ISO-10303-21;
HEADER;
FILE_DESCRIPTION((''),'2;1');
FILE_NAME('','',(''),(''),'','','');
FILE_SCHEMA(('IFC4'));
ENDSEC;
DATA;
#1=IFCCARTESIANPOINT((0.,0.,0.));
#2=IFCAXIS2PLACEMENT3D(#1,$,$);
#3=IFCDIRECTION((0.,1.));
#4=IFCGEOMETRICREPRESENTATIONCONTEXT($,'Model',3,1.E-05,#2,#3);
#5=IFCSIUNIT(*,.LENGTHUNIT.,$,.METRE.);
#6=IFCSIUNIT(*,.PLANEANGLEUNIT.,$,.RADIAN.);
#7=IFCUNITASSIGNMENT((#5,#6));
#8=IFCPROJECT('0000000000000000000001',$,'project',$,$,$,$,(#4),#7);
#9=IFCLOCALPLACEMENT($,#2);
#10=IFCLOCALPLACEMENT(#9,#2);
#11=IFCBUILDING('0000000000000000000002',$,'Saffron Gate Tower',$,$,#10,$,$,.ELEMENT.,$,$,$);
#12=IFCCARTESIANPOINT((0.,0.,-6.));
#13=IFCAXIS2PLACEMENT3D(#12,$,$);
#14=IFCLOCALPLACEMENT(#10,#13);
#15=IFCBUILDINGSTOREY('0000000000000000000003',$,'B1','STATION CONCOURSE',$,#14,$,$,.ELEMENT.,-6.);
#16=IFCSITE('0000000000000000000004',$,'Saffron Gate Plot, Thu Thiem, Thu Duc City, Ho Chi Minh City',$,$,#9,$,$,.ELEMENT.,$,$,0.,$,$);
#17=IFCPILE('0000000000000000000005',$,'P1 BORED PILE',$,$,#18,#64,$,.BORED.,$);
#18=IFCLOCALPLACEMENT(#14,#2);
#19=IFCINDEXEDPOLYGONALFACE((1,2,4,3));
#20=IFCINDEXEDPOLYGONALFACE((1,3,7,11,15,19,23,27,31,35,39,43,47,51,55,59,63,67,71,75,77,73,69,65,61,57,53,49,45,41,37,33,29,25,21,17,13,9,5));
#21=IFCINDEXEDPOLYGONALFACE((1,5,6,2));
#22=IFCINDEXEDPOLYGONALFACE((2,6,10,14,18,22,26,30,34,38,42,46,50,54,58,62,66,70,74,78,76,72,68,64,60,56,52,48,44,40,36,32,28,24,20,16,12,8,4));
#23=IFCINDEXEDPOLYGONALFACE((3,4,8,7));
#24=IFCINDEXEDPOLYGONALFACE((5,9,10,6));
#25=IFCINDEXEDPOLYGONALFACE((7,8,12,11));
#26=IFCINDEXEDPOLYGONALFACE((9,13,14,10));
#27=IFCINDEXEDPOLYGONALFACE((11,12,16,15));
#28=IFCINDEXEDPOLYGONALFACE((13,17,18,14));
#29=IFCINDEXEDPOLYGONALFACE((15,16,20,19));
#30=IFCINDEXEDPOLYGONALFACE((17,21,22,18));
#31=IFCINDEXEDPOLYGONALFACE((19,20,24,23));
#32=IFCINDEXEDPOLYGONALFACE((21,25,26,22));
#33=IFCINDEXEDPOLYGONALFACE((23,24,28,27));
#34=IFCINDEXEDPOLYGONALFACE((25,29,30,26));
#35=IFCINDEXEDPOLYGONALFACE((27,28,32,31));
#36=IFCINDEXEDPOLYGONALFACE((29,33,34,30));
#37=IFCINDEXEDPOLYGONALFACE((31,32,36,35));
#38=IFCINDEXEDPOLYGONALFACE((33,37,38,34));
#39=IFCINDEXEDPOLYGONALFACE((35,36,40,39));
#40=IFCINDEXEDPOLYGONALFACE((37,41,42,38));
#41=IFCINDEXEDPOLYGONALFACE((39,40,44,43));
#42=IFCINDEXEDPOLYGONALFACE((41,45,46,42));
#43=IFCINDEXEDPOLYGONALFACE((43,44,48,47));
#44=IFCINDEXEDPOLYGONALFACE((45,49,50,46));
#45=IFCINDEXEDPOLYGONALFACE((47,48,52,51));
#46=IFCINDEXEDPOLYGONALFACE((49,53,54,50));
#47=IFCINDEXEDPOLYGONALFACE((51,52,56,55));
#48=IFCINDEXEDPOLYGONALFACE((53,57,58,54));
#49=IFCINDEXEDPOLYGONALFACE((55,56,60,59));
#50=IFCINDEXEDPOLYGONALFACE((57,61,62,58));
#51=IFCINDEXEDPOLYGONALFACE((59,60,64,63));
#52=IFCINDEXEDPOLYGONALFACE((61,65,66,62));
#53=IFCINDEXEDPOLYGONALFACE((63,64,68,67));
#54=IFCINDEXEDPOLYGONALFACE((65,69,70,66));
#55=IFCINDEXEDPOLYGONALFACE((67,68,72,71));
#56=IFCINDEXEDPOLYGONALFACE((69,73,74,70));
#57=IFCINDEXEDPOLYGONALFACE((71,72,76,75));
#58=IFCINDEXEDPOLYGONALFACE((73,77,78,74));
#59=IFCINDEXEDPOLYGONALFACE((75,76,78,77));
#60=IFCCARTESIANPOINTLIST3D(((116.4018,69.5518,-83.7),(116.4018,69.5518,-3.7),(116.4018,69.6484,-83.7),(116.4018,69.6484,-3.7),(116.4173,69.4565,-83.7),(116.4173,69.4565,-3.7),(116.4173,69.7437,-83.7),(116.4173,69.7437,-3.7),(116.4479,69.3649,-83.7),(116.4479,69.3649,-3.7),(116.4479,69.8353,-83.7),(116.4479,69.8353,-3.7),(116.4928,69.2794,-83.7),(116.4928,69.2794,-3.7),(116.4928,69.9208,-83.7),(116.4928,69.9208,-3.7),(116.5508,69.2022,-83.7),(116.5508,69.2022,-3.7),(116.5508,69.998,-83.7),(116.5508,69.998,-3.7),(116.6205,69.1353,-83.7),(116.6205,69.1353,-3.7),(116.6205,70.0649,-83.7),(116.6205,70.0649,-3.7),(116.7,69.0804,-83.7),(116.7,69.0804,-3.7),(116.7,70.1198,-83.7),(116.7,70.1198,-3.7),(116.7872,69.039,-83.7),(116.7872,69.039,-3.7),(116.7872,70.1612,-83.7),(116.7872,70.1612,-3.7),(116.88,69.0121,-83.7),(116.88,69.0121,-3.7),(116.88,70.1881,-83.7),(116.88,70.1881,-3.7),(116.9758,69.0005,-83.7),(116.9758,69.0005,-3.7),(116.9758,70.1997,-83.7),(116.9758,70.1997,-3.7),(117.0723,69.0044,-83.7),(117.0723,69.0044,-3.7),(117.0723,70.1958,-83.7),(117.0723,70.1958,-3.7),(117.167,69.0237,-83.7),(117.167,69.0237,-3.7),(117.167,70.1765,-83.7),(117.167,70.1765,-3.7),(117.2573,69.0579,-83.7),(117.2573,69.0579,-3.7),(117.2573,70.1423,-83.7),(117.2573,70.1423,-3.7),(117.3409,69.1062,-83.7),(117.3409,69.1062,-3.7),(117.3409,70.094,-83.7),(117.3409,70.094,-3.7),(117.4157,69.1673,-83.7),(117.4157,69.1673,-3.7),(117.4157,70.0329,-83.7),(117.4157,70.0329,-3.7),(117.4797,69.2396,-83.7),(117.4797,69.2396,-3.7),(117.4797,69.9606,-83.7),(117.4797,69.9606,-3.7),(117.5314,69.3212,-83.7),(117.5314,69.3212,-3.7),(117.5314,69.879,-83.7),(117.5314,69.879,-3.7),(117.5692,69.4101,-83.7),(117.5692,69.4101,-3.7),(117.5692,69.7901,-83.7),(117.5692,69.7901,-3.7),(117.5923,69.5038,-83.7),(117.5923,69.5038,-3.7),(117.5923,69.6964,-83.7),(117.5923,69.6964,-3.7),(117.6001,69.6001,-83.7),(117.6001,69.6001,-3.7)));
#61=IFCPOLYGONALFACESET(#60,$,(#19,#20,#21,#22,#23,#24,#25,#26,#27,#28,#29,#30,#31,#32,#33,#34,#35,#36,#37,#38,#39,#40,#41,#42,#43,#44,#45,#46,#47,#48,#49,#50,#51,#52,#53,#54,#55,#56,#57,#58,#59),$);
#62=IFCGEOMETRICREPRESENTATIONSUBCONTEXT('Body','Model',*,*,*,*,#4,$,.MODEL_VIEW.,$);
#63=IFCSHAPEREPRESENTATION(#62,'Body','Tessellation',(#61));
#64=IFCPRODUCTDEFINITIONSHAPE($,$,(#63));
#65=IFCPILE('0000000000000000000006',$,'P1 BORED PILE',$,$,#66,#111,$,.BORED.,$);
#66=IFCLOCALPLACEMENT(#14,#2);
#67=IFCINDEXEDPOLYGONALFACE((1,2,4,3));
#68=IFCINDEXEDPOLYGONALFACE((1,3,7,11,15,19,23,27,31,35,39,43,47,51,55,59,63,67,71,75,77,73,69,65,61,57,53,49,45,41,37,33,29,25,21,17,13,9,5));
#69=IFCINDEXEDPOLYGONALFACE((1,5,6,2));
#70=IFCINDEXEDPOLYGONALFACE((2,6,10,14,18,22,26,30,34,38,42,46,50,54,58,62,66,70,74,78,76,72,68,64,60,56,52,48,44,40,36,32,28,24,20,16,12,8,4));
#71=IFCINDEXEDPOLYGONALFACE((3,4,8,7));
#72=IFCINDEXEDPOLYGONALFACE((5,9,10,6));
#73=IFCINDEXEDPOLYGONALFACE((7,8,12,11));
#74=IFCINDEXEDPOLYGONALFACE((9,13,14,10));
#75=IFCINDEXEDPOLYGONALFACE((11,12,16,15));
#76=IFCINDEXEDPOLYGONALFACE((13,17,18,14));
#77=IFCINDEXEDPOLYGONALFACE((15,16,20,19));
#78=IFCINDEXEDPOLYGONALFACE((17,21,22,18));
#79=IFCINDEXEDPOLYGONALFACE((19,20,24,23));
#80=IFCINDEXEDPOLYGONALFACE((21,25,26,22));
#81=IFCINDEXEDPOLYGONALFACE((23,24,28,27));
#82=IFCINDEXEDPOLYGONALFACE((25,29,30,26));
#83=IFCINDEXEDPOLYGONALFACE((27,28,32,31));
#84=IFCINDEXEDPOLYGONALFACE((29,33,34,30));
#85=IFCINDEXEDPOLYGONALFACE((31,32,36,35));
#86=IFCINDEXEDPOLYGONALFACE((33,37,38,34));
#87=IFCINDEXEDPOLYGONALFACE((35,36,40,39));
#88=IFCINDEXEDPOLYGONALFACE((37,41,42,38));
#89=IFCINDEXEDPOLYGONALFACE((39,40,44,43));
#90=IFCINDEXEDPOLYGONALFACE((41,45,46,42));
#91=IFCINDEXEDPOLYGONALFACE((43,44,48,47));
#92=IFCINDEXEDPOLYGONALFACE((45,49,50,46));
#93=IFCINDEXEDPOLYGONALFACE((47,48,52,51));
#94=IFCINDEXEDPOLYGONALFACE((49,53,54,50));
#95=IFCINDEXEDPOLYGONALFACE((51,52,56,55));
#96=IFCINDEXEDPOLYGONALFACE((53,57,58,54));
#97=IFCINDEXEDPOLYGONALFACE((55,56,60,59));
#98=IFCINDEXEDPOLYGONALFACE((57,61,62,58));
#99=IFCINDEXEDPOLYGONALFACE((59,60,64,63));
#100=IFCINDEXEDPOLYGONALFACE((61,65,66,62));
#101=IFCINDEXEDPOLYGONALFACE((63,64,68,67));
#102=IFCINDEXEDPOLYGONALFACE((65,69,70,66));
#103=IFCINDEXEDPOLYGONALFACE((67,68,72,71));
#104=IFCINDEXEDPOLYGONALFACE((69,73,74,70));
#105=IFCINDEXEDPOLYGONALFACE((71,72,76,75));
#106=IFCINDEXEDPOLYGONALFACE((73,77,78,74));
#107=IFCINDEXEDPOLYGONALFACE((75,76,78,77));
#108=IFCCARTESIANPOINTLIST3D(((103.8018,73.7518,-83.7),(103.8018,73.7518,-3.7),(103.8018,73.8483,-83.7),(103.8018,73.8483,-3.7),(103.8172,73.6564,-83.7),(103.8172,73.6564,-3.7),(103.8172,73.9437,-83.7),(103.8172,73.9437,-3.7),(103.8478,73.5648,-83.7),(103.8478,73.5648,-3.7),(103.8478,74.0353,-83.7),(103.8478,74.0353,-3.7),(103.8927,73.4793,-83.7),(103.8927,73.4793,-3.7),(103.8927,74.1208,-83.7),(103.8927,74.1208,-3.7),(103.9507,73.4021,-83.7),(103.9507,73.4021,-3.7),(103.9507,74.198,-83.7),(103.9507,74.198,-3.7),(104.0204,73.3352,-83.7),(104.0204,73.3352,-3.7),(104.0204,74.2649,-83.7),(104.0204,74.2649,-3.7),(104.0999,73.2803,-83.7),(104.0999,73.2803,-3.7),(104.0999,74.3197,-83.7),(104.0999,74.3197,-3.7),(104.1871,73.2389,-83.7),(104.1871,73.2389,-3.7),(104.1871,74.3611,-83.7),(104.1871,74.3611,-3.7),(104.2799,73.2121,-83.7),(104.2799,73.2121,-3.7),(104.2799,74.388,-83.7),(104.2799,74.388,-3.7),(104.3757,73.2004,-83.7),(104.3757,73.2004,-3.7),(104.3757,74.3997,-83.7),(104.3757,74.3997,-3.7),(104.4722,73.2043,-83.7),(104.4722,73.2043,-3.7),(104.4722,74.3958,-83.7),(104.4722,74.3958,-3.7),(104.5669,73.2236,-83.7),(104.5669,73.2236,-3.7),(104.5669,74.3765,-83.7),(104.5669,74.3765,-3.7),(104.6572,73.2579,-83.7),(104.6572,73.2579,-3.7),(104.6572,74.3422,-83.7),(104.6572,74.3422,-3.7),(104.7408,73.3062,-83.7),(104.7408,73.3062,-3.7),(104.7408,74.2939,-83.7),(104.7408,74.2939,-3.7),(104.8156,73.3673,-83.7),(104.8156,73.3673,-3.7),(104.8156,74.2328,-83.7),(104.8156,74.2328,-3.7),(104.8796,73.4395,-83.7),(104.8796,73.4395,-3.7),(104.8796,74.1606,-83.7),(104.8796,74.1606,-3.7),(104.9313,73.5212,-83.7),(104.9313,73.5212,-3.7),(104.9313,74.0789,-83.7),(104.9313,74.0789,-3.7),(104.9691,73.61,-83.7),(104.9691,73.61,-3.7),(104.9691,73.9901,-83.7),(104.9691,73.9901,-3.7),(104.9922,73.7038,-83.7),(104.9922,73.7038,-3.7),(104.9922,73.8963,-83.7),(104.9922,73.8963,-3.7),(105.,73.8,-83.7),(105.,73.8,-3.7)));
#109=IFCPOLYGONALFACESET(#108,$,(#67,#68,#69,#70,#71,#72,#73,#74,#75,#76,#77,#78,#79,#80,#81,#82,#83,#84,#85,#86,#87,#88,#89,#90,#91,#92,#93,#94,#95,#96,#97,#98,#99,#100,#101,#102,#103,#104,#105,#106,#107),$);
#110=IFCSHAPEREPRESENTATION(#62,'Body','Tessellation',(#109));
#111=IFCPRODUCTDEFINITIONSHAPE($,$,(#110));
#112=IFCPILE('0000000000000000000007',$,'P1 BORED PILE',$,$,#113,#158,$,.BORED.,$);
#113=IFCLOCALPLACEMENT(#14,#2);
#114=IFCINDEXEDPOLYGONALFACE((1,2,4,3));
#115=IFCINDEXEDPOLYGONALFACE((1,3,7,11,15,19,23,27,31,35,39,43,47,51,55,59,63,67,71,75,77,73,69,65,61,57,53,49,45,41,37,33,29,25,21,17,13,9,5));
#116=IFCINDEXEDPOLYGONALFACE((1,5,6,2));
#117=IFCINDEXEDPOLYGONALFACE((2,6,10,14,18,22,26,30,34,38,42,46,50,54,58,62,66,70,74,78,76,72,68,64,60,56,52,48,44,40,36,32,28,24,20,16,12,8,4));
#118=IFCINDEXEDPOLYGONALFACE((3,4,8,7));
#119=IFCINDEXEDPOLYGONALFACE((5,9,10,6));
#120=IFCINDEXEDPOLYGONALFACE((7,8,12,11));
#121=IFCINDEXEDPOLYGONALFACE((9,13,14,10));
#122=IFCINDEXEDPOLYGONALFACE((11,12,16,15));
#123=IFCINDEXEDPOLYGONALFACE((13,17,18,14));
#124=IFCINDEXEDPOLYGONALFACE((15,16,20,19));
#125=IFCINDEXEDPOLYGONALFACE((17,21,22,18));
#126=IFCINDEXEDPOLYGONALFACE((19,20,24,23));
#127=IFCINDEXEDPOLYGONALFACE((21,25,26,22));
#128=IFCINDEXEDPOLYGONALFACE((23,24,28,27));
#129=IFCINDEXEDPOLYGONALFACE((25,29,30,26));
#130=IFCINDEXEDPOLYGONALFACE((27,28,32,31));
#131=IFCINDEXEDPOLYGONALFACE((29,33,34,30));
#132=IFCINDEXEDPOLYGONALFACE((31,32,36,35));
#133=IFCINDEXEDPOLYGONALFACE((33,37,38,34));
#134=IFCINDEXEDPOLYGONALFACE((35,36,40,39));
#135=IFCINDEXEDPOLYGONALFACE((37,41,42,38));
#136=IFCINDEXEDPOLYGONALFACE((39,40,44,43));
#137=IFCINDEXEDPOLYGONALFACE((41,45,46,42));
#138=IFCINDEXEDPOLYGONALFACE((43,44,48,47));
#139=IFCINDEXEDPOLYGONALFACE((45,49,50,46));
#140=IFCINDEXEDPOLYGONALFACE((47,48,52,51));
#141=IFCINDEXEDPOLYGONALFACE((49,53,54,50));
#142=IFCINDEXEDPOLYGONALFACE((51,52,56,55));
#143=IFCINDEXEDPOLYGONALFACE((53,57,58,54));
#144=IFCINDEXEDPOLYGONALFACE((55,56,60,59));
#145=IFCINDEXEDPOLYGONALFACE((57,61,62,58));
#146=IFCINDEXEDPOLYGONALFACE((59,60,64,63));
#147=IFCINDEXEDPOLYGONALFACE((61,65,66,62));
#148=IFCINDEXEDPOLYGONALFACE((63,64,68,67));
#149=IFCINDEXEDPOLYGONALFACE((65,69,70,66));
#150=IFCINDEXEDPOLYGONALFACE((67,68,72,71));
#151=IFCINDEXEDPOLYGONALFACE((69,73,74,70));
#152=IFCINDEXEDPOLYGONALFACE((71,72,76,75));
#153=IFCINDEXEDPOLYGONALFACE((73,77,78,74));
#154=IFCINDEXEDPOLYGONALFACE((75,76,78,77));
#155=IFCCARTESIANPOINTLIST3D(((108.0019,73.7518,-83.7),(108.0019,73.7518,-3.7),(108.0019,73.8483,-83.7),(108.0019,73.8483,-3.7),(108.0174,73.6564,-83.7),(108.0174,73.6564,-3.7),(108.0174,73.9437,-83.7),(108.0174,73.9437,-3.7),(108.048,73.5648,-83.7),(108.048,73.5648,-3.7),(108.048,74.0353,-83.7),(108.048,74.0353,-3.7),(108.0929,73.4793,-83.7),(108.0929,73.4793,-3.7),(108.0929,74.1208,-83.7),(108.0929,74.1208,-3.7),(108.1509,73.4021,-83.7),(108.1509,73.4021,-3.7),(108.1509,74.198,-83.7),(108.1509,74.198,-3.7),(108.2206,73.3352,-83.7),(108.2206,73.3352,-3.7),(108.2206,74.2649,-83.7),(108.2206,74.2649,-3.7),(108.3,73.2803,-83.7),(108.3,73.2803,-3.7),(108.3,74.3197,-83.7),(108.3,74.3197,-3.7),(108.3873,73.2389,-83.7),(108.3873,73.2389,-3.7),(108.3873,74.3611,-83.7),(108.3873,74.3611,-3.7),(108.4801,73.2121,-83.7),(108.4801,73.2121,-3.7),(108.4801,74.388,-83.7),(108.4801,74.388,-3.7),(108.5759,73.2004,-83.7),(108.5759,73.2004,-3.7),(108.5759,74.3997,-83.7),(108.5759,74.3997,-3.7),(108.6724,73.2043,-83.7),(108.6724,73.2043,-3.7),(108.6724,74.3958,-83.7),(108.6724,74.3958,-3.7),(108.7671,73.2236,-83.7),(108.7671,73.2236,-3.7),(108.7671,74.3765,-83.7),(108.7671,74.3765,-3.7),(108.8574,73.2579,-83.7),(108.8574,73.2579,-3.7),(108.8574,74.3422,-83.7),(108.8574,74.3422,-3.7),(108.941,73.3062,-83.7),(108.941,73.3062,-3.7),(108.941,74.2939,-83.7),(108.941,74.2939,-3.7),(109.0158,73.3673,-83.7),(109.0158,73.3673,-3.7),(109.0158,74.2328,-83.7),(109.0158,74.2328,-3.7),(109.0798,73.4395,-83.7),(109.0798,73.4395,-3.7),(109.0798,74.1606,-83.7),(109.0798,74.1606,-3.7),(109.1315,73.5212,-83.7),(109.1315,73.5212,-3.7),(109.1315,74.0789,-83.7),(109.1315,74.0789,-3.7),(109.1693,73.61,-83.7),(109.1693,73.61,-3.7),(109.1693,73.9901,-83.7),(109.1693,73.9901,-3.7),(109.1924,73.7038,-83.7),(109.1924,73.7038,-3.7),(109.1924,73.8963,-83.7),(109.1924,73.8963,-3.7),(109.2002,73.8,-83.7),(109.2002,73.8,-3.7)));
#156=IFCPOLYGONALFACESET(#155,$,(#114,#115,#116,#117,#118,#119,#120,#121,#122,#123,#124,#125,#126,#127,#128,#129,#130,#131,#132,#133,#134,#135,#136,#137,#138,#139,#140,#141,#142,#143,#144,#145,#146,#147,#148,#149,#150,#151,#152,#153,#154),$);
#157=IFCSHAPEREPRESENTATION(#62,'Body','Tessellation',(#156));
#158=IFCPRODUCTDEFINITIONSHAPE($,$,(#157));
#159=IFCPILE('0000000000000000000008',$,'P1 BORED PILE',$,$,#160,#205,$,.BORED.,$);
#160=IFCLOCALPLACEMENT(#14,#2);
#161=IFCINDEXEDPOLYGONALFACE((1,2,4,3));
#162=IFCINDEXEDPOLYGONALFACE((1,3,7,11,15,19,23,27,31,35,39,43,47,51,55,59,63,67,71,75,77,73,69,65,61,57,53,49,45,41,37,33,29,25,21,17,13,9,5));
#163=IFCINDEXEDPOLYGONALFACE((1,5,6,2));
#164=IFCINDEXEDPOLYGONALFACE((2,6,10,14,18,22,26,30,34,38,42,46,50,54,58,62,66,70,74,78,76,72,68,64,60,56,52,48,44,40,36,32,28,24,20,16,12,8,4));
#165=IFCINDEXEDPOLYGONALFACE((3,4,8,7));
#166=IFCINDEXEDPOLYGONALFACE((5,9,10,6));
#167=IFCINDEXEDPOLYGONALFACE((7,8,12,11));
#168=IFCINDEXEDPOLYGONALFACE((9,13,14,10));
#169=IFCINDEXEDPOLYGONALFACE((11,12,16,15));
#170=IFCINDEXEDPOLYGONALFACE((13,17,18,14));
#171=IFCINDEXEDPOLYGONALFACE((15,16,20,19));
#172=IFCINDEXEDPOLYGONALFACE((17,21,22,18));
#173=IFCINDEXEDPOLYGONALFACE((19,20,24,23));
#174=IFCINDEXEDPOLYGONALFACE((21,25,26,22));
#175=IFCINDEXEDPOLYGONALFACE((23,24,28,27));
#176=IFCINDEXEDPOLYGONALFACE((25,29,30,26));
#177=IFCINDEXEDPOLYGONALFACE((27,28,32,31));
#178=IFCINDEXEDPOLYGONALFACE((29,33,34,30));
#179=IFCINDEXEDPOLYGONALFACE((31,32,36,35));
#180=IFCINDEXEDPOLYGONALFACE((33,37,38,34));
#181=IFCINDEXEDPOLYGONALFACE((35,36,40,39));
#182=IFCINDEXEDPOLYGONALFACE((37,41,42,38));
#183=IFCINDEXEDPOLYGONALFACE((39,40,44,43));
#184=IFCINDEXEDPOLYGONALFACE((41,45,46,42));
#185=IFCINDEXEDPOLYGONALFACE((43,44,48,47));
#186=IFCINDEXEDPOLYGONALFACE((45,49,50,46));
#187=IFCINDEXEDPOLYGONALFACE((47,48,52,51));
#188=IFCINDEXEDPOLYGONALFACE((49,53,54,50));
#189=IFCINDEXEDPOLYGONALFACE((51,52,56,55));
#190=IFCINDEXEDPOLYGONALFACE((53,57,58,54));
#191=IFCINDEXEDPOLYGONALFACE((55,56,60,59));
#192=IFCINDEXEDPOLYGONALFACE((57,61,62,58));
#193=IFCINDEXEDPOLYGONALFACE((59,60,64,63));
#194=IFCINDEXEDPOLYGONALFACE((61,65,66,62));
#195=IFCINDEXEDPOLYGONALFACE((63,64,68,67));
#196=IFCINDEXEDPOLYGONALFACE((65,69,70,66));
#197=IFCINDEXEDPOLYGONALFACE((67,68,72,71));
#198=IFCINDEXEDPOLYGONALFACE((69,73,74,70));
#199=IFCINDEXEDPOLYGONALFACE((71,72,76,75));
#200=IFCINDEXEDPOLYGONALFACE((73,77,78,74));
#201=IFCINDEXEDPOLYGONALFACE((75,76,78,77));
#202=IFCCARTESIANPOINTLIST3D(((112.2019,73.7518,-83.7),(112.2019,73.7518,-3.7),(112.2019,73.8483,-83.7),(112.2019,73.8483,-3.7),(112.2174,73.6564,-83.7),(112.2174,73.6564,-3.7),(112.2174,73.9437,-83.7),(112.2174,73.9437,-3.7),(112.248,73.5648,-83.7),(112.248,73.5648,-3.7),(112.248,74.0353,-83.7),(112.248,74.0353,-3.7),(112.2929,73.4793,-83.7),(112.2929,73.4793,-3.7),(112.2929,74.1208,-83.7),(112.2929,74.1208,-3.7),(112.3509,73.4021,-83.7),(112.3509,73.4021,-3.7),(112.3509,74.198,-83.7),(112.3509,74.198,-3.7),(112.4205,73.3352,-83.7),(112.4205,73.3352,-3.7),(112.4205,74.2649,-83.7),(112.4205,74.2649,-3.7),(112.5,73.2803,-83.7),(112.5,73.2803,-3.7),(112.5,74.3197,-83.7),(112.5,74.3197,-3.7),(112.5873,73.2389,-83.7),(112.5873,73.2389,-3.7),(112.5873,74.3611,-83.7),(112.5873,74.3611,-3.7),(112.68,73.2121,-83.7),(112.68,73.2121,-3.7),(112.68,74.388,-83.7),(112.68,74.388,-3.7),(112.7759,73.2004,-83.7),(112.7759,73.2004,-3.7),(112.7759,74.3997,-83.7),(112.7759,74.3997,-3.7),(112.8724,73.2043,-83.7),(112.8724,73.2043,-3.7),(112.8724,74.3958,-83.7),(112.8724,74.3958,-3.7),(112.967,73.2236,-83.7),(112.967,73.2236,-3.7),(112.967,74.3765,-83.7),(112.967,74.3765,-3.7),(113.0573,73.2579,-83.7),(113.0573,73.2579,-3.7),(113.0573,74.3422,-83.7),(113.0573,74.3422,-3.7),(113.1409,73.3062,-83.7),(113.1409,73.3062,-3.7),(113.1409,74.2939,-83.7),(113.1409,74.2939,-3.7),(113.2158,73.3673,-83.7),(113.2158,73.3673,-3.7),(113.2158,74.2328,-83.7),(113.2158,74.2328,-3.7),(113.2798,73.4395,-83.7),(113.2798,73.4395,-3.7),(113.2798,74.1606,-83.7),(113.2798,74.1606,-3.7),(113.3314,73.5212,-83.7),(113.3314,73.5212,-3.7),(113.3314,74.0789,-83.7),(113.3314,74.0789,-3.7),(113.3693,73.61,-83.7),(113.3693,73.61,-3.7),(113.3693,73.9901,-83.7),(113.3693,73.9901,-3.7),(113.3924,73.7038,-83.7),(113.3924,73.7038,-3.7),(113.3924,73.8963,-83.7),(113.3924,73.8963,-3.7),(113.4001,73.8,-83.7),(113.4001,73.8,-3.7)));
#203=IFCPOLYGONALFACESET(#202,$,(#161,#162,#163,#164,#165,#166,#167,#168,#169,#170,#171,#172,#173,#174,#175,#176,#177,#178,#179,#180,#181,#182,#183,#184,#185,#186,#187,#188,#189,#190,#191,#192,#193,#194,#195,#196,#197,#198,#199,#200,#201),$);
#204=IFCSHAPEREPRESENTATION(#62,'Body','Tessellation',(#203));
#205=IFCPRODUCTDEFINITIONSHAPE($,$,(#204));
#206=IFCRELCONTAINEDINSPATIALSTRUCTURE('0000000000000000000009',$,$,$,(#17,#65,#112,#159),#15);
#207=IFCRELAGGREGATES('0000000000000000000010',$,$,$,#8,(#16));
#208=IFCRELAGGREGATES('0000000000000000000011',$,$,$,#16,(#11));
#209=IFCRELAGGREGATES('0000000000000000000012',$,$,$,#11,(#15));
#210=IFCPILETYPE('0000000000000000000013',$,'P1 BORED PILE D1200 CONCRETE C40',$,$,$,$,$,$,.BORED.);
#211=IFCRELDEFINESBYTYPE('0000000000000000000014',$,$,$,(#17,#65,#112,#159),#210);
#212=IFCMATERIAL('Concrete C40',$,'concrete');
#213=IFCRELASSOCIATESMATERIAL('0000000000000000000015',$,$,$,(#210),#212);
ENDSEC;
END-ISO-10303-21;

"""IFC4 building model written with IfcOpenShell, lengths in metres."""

from ifc_helpers import new_model, si_unit, direction, frame, origin, origin_2d, place, context, subcontext, project, spatial, circle, extrude, material, material_profile, profile_set, type_object, element, save


model = new_model("IFC4")

# Units and contexts
model_context = context("Model", 3, precision=1e-05, world=origin(), true_north=direction((0.0, 1.0)))
body_context = subcontext(model_context, "Body", "Model", "MODEL_VIEW")
ifc_project = project(units=[si_unit("LENGTHUNIT", "METRE"), si_unit("PLANEANGLEUNIT", "RADIAN")], contexts=[model_context])

# Site, building, storey
site_placement = place(None, origin())
site = spatial("IfcSite", under=ifc_project, at=site_placement, Name="Saffron Gate Plot, Thu Thiem, Thu Duc City, Ho Chi Minh City", CompositionType="ELEMENT", RefElevation=0.0)
building_placement = place(site_placement, origin())
building = spatial("IfcBuilding", under=site, at=building_placement, Name="Saffron Gate Tower", CompositionType="ELEMENT")
storey_placement = place(building_placement, frame((0.0, 0.0, -6.0)))
storey = spatial("IfcBuildingStorey", under=building, at=storey_placement, Name="B1", Description="STATION CONCOURSE", CompositionType="ELEMENT", Elevation=-6.0)

# Piles
ifc_material_1 = material(Name="Concrete C40", Category="concrete")
ifc_material_profile_1 = material_profile(ifc_material_1, circle(Radius=0.6001, at=origin_2d()))
ifc_profile_set_1 = profile_set([ifc_material_profile_1], Name="Concrete C40")
pile_type_1 = type_object("IfcPileType", Name="P1 BORED PILE D1200 CONCRETE C40", PredefinedType="BORED", material=ifc_profile_set_1)
for number, where, z_axis, x_axis, name in (
    (1, (117.0, 69.6001, -3.7), (0.0, 0.0, -1.0), (1.0, 0.0, 0.0), "P1 BORED PILE"),
    (2, (104.3999, 73.8, -3.7), (0.0, 0.0, -1.0), (1.0, 0.0, 0.0), "P1 BORED PILE"),
    (3, (108.6001, 73.8, -3.7), (0.0, 0.0, -1.0), (1.0, 0.0, 0.0), "P1 BORED PILE"),
    (4, (112.8, 73.8, -3.7), (0.0, 0.0, -1.0), (1.0, 0.0, 0.0), "P1 BORED PILE"),
):
    element("IfcPile", number, at=place(storey_placement, frame(where, z_axis=z_axis, x_axis=x_axis)), inside=storey, type_object=pile_type_1, Name=name, PredefinedType="BORED", context=body_context, shape_type="SweptSolid", body=[
        extrude(circle(Radius=0.6001, at=origin_2d()), origin(), (0.0, 0.0, 1.0), 80.0),
    ])

save(model, "model.ifc")
